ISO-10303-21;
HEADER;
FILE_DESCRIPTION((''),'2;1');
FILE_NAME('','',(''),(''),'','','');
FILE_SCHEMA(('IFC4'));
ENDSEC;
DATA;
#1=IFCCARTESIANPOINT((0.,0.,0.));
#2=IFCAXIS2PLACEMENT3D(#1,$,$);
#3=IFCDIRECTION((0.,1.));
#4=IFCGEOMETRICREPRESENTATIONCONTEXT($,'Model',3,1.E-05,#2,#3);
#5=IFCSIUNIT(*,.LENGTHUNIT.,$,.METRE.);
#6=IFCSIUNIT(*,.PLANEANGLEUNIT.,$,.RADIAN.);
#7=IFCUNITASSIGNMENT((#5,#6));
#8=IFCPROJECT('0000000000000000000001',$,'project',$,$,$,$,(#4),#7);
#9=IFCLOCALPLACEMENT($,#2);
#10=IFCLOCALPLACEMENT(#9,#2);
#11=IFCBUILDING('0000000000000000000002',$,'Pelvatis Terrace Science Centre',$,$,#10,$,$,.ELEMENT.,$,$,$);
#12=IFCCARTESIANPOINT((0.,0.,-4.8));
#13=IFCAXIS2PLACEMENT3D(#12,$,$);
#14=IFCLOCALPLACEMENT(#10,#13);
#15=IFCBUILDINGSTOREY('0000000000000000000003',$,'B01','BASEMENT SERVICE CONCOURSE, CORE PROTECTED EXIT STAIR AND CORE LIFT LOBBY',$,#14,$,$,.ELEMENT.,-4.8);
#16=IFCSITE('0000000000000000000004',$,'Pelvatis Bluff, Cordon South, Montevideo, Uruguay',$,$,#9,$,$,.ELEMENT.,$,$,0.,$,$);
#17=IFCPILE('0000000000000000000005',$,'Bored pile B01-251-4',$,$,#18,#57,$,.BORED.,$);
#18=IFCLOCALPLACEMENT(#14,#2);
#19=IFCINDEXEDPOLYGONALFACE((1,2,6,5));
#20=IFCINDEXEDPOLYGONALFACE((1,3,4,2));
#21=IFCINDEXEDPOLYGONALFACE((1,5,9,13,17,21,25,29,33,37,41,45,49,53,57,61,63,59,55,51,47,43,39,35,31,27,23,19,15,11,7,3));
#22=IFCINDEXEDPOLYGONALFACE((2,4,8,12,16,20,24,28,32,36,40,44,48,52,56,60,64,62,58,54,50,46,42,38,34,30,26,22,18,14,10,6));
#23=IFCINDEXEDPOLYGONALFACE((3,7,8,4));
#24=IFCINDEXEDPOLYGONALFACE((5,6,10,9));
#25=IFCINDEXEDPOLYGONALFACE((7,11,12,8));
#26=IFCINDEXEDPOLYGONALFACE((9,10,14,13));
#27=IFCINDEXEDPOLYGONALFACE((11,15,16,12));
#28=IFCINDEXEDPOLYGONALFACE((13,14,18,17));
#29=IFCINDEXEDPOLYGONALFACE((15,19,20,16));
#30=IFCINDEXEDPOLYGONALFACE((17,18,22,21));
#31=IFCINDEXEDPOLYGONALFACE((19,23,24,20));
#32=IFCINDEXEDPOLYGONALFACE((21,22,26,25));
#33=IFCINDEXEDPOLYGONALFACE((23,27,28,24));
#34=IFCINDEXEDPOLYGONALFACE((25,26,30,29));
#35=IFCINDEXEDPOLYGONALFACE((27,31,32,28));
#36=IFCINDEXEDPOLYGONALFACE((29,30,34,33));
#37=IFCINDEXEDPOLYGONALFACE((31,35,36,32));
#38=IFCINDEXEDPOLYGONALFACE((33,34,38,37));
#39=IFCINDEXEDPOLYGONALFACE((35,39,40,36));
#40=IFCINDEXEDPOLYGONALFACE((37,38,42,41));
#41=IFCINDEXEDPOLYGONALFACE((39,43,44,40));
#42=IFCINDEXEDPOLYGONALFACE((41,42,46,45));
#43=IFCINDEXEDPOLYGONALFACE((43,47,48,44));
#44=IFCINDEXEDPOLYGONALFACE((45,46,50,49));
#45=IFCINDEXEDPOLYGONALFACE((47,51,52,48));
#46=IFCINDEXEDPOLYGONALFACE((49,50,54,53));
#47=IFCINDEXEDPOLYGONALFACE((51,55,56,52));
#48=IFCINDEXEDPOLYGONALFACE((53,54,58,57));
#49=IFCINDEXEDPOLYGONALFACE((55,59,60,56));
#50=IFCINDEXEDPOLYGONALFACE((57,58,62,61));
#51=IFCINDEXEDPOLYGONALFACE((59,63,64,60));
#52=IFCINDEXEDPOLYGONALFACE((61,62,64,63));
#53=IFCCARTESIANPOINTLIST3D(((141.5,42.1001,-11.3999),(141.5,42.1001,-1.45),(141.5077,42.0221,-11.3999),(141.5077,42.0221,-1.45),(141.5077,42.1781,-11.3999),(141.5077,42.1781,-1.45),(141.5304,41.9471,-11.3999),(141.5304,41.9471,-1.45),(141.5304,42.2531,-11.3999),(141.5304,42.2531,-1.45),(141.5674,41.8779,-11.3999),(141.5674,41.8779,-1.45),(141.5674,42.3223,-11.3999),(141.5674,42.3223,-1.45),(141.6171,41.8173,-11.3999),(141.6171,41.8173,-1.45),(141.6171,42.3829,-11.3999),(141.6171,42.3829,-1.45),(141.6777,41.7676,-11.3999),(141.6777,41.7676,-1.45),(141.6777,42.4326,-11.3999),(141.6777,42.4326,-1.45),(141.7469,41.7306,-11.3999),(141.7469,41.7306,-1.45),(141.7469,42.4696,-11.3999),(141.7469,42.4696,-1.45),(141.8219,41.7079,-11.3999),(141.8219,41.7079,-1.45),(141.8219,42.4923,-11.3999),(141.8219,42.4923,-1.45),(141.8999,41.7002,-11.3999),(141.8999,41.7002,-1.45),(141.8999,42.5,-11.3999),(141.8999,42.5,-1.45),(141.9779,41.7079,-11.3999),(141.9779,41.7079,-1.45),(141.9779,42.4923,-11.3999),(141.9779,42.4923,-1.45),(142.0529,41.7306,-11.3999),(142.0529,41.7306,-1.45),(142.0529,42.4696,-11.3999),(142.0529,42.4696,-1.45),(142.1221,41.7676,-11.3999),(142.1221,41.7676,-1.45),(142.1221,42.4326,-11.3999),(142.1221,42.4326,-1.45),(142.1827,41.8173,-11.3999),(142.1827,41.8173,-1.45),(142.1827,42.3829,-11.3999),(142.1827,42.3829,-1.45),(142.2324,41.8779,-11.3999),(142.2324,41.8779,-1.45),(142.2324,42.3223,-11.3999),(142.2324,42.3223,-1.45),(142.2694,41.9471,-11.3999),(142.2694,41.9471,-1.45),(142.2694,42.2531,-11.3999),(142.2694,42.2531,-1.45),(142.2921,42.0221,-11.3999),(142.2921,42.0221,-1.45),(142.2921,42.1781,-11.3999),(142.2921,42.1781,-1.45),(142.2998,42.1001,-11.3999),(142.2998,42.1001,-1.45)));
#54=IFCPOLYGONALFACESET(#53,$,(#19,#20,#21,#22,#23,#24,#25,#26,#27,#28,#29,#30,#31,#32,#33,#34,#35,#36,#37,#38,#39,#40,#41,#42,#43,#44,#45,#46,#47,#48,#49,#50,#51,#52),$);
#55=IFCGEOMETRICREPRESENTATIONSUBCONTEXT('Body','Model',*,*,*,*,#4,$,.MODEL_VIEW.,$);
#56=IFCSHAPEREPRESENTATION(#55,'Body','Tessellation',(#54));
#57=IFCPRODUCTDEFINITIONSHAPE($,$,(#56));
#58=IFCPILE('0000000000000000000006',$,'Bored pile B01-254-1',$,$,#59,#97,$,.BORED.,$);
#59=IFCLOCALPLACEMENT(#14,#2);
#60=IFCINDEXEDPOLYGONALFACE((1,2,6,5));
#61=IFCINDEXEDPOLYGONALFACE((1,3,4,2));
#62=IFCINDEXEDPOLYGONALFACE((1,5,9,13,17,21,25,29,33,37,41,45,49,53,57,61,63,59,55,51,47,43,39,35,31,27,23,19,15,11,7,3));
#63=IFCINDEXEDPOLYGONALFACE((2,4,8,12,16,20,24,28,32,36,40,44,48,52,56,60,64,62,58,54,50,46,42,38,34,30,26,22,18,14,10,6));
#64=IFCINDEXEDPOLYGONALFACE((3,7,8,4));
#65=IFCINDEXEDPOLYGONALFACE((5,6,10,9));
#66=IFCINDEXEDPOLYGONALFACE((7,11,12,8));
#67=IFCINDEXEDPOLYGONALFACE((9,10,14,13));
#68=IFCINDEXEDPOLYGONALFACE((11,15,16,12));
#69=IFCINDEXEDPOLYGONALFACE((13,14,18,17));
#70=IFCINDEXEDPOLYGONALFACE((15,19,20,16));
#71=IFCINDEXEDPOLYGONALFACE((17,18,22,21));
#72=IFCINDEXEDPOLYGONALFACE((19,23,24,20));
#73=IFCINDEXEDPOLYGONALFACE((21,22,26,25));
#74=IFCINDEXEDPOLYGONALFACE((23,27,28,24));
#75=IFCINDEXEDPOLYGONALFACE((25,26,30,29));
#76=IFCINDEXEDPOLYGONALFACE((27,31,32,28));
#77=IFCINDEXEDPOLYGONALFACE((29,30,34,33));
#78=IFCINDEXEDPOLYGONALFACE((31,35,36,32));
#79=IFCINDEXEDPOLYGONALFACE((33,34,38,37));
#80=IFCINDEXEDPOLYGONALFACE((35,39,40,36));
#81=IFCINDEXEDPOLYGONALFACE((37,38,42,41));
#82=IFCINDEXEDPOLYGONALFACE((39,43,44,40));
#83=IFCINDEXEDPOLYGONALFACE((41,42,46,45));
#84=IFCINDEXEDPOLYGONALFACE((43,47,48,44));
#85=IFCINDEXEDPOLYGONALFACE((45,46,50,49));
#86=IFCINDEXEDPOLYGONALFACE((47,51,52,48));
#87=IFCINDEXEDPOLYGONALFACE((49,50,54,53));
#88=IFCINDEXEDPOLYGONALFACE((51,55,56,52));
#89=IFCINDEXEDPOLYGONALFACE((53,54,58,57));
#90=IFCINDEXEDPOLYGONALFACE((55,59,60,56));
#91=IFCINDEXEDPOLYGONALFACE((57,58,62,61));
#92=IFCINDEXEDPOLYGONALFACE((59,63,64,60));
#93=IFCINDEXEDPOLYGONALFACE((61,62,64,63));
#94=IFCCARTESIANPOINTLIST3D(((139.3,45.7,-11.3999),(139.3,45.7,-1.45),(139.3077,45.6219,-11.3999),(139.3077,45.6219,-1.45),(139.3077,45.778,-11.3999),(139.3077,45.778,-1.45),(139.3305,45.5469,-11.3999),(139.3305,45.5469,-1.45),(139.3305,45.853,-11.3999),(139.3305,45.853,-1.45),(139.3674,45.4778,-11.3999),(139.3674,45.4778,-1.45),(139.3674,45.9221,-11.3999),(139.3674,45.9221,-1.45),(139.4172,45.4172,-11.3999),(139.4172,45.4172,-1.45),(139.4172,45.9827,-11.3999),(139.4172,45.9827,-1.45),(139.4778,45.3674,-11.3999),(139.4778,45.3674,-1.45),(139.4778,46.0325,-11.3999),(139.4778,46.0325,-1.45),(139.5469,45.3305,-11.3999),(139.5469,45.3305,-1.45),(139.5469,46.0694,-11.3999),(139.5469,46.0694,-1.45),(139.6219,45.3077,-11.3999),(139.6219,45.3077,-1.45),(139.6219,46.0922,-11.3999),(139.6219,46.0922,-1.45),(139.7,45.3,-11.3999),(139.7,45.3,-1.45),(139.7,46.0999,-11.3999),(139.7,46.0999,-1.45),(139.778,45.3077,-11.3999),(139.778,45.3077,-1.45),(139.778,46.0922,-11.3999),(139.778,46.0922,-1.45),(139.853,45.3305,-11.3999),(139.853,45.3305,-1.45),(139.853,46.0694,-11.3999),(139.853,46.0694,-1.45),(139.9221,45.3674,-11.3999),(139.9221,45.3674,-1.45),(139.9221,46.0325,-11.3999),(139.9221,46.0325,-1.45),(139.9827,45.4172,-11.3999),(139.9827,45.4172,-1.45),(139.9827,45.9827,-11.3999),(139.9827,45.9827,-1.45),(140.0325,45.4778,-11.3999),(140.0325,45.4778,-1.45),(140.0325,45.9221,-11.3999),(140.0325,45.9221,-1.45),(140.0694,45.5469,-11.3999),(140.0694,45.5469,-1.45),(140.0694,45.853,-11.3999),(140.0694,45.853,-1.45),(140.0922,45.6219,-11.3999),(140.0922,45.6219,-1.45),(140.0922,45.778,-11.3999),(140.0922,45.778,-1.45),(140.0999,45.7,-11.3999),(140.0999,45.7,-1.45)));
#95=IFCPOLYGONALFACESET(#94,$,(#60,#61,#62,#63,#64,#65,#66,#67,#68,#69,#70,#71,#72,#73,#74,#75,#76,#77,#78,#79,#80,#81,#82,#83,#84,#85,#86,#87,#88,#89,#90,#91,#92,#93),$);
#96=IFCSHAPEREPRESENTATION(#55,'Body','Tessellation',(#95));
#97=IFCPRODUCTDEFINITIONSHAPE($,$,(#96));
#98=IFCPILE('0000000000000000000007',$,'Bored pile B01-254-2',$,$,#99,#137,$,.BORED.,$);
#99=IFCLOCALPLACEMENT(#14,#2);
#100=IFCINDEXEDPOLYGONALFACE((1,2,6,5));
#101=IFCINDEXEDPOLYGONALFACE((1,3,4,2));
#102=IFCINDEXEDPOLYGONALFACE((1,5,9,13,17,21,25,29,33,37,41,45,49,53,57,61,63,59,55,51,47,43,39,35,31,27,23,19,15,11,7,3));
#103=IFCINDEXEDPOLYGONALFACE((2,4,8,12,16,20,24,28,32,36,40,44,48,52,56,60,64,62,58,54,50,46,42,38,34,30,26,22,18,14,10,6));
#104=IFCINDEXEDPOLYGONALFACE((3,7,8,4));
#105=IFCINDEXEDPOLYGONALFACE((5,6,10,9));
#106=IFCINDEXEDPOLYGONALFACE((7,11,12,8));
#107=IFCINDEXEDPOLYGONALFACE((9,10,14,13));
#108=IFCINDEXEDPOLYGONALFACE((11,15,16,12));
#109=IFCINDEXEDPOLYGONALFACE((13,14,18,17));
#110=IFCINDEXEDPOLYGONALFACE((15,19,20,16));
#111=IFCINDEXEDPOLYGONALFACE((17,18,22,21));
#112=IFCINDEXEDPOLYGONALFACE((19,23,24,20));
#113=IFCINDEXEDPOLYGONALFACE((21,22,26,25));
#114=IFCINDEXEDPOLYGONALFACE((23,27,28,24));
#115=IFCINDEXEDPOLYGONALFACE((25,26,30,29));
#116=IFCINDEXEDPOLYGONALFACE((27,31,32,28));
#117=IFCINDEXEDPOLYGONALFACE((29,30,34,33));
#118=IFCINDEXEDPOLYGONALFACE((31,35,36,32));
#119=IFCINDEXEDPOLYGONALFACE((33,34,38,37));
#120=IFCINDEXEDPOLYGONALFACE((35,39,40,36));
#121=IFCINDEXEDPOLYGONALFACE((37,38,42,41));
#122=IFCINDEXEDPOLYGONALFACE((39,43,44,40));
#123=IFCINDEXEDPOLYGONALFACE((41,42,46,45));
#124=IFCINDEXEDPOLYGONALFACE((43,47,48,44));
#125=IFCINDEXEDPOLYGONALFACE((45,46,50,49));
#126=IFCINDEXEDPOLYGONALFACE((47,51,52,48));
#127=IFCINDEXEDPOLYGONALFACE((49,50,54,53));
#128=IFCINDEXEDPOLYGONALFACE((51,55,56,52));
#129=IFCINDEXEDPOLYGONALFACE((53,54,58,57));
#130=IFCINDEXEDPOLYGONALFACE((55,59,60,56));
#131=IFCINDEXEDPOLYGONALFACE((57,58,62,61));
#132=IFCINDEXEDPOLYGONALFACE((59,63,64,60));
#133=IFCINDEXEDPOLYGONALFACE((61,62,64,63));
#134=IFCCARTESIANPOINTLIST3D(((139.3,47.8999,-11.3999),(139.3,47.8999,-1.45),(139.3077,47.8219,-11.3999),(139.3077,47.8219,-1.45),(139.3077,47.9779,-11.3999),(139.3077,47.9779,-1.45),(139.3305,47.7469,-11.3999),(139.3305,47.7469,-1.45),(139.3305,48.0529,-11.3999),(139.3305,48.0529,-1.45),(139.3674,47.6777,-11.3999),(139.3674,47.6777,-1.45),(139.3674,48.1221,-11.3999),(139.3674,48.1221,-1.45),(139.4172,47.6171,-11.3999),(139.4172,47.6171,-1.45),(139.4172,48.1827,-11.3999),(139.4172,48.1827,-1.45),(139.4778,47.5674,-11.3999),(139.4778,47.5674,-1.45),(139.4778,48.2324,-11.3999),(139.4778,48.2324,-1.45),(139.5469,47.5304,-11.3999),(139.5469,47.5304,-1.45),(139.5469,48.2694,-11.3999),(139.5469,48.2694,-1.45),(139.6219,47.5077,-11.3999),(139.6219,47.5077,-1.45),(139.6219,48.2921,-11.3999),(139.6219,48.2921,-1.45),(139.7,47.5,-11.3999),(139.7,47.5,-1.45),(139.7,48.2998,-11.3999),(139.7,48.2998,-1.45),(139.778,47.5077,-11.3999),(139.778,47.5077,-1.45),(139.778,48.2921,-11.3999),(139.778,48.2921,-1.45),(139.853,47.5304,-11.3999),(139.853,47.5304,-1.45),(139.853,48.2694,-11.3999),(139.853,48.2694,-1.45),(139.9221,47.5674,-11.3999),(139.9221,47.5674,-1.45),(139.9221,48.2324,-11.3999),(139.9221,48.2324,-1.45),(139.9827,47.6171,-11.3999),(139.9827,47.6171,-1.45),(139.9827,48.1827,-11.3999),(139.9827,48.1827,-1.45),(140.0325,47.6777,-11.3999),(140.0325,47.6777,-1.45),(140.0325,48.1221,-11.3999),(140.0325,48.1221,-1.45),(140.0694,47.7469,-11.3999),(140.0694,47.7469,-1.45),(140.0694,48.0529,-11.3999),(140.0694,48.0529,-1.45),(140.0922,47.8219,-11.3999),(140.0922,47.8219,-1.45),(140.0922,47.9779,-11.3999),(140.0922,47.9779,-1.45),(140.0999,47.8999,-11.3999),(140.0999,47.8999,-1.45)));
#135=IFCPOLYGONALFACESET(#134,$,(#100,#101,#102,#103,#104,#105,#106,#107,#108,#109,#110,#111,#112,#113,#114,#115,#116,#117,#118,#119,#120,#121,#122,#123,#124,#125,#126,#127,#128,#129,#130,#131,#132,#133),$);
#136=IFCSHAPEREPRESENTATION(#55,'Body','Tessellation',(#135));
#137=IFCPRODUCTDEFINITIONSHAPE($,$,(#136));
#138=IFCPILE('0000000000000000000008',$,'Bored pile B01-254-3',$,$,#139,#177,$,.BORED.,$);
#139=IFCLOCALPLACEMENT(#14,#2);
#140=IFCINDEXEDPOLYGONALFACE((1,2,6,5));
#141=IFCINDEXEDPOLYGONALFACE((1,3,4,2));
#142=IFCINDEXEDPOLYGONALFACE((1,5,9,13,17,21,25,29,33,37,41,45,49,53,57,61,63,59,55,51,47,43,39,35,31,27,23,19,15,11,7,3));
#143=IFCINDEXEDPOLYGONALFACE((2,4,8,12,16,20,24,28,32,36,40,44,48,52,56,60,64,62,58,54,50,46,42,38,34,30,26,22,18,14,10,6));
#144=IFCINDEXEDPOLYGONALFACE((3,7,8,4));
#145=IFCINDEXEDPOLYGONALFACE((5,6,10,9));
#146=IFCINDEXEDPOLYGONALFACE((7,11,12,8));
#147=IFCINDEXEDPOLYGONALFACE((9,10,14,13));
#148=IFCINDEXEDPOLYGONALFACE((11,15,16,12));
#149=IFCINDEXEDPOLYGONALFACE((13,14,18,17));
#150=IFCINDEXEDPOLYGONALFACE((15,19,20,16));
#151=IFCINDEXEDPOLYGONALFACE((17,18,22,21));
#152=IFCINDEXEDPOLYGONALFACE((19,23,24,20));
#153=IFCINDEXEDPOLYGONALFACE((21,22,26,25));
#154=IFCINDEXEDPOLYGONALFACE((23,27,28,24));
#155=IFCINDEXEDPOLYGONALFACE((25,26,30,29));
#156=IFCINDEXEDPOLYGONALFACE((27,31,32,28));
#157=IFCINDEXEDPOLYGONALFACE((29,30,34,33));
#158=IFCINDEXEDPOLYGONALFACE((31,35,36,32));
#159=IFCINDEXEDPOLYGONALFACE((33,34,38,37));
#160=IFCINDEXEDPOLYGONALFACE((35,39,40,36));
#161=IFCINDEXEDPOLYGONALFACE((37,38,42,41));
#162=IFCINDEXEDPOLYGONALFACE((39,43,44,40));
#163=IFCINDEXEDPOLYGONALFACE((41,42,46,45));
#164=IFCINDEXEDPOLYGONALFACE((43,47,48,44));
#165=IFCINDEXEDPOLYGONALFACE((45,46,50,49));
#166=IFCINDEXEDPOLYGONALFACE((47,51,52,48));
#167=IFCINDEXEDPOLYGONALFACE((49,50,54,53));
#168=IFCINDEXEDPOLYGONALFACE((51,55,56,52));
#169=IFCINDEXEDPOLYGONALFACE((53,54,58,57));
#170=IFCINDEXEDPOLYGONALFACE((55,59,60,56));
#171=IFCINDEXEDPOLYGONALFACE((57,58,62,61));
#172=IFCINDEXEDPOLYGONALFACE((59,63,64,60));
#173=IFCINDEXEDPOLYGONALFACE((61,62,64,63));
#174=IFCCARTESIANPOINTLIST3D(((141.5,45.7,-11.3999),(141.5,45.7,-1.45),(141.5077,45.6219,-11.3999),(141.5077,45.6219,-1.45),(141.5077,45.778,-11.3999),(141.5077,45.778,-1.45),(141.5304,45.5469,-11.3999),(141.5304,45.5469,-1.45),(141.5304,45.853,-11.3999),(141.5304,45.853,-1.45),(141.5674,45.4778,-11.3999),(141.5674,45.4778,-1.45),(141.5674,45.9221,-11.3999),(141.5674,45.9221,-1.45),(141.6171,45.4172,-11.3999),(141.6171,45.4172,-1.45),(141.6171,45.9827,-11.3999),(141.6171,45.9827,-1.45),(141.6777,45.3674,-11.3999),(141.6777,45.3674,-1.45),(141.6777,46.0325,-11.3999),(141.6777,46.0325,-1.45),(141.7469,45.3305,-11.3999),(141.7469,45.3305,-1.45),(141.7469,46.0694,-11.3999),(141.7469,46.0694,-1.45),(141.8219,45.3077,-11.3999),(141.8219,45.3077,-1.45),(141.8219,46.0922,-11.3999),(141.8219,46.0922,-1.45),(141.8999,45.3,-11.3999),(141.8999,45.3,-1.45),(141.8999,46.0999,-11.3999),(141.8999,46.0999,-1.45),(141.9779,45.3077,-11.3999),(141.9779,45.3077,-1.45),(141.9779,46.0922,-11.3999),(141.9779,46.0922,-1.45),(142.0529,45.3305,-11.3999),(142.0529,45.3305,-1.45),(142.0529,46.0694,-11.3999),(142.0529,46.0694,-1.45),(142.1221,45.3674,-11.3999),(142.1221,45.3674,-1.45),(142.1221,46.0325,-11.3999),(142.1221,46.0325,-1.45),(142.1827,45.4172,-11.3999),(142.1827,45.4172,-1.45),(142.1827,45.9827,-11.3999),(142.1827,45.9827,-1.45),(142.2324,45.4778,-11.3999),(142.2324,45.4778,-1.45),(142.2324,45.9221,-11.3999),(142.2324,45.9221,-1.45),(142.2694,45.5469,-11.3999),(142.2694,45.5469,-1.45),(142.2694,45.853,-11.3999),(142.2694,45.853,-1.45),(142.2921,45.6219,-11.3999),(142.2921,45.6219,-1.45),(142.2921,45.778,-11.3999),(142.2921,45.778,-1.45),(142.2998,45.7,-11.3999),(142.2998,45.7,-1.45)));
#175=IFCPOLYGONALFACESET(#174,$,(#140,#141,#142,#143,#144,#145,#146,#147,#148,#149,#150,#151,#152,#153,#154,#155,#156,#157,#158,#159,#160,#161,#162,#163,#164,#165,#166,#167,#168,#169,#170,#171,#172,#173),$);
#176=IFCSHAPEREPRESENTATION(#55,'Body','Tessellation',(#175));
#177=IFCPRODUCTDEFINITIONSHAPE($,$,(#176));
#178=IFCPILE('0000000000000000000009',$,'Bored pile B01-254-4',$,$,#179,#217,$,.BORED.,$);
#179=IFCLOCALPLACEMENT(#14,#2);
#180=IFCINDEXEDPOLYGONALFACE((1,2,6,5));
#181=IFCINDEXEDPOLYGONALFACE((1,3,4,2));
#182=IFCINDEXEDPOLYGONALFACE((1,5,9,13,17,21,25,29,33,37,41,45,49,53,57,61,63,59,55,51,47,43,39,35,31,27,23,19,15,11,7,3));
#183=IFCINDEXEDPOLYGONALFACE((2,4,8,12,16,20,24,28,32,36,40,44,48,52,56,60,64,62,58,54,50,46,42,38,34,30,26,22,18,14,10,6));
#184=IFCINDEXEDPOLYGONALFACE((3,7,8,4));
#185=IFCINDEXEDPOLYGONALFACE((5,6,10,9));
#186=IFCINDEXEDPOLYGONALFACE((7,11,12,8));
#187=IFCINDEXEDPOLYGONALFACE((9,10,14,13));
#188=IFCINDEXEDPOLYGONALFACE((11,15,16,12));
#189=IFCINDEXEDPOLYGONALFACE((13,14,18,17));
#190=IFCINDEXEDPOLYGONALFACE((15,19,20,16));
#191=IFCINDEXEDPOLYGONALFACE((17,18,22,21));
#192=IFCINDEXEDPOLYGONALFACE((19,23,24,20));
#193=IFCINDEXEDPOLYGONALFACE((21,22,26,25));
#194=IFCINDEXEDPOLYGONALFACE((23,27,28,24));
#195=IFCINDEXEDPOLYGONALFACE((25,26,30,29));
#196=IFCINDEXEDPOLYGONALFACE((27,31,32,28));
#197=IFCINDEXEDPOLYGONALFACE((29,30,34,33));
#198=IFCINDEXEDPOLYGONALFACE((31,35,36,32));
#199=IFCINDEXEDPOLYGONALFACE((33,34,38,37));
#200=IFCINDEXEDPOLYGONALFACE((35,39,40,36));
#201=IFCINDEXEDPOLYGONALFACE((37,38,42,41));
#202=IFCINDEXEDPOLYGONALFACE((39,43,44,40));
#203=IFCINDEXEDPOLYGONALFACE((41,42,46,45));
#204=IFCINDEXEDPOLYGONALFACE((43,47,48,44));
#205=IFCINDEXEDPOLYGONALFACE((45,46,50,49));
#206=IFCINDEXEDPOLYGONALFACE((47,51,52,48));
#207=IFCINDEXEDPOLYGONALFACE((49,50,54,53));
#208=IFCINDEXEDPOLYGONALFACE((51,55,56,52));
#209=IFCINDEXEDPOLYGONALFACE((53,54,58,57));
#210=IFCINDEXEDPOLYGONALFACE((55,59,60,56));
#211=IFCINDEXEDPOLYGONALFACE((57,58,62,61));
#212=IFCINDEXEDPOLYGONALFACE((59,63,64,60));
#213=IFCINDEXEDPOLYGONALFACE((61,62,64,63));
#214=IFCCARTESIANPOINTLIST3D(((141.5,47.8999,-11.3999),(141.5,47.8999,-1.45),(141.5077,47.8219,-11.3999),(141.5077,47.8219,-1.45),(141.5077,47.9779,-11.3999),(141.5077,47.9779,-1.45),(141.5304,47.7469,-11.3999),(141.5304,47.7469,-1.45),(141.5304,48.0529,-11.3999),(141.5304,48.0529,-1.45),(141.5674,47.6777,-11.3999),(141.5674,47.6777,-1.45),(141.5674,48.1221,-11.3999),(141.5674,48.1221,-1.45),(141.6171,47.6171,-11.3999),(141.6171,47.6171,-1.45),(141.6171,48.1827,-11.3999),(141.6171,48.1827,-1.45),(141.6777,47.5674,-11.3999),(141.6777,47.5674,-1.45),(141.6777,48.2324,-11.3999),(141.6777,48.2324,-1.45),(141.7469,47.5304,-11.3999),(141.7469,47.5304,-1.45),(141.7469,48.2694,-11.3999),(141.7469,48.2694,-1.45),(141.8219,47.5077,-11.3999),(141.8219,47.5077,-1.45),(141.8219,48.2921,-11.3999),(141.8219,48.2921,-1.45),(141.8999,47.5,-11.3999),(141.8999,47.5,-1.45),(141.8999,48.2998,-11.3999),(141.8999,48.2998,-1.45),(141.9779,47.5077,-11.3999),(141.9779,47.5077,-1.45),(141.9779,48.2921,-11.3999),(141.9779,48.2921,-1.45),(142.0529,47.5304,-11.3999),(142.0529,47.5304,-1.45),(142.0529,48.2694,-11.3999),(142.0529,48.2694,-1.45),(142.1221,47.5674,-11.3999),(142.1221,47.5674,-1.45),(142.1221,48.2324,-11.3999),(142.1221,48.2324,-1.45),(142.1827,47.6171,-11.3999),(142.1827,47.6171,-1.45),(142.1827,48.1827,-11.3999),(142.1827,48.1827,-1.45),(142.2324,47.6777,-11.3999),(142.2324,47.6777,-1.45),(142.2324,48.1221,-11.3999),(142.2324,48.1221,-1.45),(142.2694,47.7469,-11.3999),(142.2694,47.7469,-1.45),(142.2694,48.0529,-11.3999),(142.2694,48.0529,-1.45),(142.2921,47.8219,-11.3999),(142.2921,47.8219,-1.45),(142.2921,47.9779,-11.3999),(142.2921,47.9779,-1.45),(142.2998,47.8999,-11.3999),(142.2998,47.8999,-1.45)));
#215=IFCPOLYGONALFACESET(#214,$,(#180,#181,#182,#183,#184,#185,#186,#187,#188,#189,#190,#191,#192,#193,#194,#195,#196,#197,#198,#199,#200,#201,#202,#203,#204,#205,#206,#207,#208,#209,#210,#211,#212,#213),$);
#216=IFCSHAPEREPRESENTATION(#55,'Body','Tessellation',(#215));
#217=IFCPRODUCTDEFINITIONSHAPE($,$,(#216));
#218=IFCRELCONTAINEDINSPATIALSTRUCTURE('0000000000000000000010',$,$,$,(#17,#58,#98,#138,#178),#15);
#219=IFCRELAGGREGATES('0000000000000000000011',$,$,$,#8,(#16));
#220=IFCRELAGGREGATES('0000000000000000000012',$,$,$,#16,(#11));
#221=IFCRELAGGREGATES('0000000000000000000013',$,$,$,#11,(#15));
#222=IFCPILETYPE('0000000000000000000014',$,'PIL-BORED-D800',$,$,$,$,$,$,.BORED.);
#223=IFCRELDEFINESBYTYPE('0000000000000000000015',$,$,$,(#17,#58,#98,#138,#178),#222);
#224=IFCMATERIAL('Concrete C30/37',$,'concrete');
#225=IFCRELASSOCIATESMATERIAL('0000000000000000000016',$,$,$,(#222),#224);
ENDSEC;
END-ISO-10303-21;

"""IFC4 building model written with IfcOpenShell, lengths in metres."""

from ifc_helpers import new_model, si_unit, direction, frame, origin, origin_2d, place, context, subcontext, project, spatial, circle, extrude, material, material_profile, profile_set, type_object, element, save


model = new_model("IFC4")

# Units and contexts
model_context = context("Model", 3, precision=1e-05, world=origin(), true_north=direction((0.0, 1.0)))
body_context = subcontext(model_context, "Body", "Model", "MODEL_VIEW")
ifc_project = project(units=[si_unit("LENGTHUNIT", "METRE"), si_unit("PLANEANGLEUNIT", "RADIAN")], contexts=[model_context])

# Site, building, storey
site_placement = place(None, origin())
site = spatial("IfcSite", under=ifc_project, at=site_placement, Name="Pelvatis Bluff, Cordon South, Montevideo, Uruguay", CompositionType="ELEMENT", RefElevation=0.0)
building_placement = place(site_placement, origin())
building = spatial("IfcBuilding", under=site, at=building_placement, Name="Pelvatis Terrace Science Centre", CompositionType="ELEMENT")
storey_placement = place(building_placement, frame((0.0, 0.0, -4.8)))
storey = spatial("IfcBuildingStorey", under=building, at=storey_placement, Name="B01", Description="BASEMENT SERVICE CONCOURSE, CORE PROTECTED EXIT STAIR AND CORE LIFT LOBBY", CompositionType="ELEMENT", Elevation=-4.8)

# Piles
ifc_material_1 = material(Name="Concrete C30/37", Category="concrete")
ifc_material_profile_1 = material_profile(ifc_material_1, circle(Radius=0.3999, at=origin_2d()), Name="PILE D800")
ifc_profile_set_1 = profile_set([ifc_material_profile_1], Name="Concrete C30/37")
pile_type = type_object("IfcPileType", Name="PIL-BORED-D800", PredefinedType="BORED", material=ifc_profile_set_1)
for number, where, z_axis, x_axis, name in (
    (1, (141.8999, 42.1001, -1.45), (0.0, 0.0, -1.0), (1.0, 0.0, 0.0), "Bored pile B01-251-4"),
    (2, (139.7, 45.7, -1.45), (0.0, 0.0, -1.0), (1.0, 0.0, 0.0), "Bored pile B01-254-1"),
    (3, (139.7, 47.8999, -1.45), (0.0, 0.0, -1.0), (1.0, 0.0, 0.0), "Bored pile B01-254-2"),
    (4, (141.8999, 45.7, -1.45), (0.0, 0.0, -1.0), (1.0, 0.0, 0.0), "Bored pile B01-254-3"),
    (5, (141.8999, 47.8999, -1.45), (0.0, 0.0, -1.0), (1.0, 0.0, 0.0), "Bored pile B01-254-4"),
):
    element("IfcPile", number, at=place(storey_placement, frame(where, z_axis=z_axis, x_axis=x_axis)), inside=storey, type_object=pile_type, Name=name, PredefinedType="BORED", context=body_context, shape_type="SweptSolid", body=[
        extrude(circle(Radius=0.3999, at=origin_2d()), origin(), (0.0, 0.0, 1.0), 9.95),
    ])

save(model, "model.ifc")
